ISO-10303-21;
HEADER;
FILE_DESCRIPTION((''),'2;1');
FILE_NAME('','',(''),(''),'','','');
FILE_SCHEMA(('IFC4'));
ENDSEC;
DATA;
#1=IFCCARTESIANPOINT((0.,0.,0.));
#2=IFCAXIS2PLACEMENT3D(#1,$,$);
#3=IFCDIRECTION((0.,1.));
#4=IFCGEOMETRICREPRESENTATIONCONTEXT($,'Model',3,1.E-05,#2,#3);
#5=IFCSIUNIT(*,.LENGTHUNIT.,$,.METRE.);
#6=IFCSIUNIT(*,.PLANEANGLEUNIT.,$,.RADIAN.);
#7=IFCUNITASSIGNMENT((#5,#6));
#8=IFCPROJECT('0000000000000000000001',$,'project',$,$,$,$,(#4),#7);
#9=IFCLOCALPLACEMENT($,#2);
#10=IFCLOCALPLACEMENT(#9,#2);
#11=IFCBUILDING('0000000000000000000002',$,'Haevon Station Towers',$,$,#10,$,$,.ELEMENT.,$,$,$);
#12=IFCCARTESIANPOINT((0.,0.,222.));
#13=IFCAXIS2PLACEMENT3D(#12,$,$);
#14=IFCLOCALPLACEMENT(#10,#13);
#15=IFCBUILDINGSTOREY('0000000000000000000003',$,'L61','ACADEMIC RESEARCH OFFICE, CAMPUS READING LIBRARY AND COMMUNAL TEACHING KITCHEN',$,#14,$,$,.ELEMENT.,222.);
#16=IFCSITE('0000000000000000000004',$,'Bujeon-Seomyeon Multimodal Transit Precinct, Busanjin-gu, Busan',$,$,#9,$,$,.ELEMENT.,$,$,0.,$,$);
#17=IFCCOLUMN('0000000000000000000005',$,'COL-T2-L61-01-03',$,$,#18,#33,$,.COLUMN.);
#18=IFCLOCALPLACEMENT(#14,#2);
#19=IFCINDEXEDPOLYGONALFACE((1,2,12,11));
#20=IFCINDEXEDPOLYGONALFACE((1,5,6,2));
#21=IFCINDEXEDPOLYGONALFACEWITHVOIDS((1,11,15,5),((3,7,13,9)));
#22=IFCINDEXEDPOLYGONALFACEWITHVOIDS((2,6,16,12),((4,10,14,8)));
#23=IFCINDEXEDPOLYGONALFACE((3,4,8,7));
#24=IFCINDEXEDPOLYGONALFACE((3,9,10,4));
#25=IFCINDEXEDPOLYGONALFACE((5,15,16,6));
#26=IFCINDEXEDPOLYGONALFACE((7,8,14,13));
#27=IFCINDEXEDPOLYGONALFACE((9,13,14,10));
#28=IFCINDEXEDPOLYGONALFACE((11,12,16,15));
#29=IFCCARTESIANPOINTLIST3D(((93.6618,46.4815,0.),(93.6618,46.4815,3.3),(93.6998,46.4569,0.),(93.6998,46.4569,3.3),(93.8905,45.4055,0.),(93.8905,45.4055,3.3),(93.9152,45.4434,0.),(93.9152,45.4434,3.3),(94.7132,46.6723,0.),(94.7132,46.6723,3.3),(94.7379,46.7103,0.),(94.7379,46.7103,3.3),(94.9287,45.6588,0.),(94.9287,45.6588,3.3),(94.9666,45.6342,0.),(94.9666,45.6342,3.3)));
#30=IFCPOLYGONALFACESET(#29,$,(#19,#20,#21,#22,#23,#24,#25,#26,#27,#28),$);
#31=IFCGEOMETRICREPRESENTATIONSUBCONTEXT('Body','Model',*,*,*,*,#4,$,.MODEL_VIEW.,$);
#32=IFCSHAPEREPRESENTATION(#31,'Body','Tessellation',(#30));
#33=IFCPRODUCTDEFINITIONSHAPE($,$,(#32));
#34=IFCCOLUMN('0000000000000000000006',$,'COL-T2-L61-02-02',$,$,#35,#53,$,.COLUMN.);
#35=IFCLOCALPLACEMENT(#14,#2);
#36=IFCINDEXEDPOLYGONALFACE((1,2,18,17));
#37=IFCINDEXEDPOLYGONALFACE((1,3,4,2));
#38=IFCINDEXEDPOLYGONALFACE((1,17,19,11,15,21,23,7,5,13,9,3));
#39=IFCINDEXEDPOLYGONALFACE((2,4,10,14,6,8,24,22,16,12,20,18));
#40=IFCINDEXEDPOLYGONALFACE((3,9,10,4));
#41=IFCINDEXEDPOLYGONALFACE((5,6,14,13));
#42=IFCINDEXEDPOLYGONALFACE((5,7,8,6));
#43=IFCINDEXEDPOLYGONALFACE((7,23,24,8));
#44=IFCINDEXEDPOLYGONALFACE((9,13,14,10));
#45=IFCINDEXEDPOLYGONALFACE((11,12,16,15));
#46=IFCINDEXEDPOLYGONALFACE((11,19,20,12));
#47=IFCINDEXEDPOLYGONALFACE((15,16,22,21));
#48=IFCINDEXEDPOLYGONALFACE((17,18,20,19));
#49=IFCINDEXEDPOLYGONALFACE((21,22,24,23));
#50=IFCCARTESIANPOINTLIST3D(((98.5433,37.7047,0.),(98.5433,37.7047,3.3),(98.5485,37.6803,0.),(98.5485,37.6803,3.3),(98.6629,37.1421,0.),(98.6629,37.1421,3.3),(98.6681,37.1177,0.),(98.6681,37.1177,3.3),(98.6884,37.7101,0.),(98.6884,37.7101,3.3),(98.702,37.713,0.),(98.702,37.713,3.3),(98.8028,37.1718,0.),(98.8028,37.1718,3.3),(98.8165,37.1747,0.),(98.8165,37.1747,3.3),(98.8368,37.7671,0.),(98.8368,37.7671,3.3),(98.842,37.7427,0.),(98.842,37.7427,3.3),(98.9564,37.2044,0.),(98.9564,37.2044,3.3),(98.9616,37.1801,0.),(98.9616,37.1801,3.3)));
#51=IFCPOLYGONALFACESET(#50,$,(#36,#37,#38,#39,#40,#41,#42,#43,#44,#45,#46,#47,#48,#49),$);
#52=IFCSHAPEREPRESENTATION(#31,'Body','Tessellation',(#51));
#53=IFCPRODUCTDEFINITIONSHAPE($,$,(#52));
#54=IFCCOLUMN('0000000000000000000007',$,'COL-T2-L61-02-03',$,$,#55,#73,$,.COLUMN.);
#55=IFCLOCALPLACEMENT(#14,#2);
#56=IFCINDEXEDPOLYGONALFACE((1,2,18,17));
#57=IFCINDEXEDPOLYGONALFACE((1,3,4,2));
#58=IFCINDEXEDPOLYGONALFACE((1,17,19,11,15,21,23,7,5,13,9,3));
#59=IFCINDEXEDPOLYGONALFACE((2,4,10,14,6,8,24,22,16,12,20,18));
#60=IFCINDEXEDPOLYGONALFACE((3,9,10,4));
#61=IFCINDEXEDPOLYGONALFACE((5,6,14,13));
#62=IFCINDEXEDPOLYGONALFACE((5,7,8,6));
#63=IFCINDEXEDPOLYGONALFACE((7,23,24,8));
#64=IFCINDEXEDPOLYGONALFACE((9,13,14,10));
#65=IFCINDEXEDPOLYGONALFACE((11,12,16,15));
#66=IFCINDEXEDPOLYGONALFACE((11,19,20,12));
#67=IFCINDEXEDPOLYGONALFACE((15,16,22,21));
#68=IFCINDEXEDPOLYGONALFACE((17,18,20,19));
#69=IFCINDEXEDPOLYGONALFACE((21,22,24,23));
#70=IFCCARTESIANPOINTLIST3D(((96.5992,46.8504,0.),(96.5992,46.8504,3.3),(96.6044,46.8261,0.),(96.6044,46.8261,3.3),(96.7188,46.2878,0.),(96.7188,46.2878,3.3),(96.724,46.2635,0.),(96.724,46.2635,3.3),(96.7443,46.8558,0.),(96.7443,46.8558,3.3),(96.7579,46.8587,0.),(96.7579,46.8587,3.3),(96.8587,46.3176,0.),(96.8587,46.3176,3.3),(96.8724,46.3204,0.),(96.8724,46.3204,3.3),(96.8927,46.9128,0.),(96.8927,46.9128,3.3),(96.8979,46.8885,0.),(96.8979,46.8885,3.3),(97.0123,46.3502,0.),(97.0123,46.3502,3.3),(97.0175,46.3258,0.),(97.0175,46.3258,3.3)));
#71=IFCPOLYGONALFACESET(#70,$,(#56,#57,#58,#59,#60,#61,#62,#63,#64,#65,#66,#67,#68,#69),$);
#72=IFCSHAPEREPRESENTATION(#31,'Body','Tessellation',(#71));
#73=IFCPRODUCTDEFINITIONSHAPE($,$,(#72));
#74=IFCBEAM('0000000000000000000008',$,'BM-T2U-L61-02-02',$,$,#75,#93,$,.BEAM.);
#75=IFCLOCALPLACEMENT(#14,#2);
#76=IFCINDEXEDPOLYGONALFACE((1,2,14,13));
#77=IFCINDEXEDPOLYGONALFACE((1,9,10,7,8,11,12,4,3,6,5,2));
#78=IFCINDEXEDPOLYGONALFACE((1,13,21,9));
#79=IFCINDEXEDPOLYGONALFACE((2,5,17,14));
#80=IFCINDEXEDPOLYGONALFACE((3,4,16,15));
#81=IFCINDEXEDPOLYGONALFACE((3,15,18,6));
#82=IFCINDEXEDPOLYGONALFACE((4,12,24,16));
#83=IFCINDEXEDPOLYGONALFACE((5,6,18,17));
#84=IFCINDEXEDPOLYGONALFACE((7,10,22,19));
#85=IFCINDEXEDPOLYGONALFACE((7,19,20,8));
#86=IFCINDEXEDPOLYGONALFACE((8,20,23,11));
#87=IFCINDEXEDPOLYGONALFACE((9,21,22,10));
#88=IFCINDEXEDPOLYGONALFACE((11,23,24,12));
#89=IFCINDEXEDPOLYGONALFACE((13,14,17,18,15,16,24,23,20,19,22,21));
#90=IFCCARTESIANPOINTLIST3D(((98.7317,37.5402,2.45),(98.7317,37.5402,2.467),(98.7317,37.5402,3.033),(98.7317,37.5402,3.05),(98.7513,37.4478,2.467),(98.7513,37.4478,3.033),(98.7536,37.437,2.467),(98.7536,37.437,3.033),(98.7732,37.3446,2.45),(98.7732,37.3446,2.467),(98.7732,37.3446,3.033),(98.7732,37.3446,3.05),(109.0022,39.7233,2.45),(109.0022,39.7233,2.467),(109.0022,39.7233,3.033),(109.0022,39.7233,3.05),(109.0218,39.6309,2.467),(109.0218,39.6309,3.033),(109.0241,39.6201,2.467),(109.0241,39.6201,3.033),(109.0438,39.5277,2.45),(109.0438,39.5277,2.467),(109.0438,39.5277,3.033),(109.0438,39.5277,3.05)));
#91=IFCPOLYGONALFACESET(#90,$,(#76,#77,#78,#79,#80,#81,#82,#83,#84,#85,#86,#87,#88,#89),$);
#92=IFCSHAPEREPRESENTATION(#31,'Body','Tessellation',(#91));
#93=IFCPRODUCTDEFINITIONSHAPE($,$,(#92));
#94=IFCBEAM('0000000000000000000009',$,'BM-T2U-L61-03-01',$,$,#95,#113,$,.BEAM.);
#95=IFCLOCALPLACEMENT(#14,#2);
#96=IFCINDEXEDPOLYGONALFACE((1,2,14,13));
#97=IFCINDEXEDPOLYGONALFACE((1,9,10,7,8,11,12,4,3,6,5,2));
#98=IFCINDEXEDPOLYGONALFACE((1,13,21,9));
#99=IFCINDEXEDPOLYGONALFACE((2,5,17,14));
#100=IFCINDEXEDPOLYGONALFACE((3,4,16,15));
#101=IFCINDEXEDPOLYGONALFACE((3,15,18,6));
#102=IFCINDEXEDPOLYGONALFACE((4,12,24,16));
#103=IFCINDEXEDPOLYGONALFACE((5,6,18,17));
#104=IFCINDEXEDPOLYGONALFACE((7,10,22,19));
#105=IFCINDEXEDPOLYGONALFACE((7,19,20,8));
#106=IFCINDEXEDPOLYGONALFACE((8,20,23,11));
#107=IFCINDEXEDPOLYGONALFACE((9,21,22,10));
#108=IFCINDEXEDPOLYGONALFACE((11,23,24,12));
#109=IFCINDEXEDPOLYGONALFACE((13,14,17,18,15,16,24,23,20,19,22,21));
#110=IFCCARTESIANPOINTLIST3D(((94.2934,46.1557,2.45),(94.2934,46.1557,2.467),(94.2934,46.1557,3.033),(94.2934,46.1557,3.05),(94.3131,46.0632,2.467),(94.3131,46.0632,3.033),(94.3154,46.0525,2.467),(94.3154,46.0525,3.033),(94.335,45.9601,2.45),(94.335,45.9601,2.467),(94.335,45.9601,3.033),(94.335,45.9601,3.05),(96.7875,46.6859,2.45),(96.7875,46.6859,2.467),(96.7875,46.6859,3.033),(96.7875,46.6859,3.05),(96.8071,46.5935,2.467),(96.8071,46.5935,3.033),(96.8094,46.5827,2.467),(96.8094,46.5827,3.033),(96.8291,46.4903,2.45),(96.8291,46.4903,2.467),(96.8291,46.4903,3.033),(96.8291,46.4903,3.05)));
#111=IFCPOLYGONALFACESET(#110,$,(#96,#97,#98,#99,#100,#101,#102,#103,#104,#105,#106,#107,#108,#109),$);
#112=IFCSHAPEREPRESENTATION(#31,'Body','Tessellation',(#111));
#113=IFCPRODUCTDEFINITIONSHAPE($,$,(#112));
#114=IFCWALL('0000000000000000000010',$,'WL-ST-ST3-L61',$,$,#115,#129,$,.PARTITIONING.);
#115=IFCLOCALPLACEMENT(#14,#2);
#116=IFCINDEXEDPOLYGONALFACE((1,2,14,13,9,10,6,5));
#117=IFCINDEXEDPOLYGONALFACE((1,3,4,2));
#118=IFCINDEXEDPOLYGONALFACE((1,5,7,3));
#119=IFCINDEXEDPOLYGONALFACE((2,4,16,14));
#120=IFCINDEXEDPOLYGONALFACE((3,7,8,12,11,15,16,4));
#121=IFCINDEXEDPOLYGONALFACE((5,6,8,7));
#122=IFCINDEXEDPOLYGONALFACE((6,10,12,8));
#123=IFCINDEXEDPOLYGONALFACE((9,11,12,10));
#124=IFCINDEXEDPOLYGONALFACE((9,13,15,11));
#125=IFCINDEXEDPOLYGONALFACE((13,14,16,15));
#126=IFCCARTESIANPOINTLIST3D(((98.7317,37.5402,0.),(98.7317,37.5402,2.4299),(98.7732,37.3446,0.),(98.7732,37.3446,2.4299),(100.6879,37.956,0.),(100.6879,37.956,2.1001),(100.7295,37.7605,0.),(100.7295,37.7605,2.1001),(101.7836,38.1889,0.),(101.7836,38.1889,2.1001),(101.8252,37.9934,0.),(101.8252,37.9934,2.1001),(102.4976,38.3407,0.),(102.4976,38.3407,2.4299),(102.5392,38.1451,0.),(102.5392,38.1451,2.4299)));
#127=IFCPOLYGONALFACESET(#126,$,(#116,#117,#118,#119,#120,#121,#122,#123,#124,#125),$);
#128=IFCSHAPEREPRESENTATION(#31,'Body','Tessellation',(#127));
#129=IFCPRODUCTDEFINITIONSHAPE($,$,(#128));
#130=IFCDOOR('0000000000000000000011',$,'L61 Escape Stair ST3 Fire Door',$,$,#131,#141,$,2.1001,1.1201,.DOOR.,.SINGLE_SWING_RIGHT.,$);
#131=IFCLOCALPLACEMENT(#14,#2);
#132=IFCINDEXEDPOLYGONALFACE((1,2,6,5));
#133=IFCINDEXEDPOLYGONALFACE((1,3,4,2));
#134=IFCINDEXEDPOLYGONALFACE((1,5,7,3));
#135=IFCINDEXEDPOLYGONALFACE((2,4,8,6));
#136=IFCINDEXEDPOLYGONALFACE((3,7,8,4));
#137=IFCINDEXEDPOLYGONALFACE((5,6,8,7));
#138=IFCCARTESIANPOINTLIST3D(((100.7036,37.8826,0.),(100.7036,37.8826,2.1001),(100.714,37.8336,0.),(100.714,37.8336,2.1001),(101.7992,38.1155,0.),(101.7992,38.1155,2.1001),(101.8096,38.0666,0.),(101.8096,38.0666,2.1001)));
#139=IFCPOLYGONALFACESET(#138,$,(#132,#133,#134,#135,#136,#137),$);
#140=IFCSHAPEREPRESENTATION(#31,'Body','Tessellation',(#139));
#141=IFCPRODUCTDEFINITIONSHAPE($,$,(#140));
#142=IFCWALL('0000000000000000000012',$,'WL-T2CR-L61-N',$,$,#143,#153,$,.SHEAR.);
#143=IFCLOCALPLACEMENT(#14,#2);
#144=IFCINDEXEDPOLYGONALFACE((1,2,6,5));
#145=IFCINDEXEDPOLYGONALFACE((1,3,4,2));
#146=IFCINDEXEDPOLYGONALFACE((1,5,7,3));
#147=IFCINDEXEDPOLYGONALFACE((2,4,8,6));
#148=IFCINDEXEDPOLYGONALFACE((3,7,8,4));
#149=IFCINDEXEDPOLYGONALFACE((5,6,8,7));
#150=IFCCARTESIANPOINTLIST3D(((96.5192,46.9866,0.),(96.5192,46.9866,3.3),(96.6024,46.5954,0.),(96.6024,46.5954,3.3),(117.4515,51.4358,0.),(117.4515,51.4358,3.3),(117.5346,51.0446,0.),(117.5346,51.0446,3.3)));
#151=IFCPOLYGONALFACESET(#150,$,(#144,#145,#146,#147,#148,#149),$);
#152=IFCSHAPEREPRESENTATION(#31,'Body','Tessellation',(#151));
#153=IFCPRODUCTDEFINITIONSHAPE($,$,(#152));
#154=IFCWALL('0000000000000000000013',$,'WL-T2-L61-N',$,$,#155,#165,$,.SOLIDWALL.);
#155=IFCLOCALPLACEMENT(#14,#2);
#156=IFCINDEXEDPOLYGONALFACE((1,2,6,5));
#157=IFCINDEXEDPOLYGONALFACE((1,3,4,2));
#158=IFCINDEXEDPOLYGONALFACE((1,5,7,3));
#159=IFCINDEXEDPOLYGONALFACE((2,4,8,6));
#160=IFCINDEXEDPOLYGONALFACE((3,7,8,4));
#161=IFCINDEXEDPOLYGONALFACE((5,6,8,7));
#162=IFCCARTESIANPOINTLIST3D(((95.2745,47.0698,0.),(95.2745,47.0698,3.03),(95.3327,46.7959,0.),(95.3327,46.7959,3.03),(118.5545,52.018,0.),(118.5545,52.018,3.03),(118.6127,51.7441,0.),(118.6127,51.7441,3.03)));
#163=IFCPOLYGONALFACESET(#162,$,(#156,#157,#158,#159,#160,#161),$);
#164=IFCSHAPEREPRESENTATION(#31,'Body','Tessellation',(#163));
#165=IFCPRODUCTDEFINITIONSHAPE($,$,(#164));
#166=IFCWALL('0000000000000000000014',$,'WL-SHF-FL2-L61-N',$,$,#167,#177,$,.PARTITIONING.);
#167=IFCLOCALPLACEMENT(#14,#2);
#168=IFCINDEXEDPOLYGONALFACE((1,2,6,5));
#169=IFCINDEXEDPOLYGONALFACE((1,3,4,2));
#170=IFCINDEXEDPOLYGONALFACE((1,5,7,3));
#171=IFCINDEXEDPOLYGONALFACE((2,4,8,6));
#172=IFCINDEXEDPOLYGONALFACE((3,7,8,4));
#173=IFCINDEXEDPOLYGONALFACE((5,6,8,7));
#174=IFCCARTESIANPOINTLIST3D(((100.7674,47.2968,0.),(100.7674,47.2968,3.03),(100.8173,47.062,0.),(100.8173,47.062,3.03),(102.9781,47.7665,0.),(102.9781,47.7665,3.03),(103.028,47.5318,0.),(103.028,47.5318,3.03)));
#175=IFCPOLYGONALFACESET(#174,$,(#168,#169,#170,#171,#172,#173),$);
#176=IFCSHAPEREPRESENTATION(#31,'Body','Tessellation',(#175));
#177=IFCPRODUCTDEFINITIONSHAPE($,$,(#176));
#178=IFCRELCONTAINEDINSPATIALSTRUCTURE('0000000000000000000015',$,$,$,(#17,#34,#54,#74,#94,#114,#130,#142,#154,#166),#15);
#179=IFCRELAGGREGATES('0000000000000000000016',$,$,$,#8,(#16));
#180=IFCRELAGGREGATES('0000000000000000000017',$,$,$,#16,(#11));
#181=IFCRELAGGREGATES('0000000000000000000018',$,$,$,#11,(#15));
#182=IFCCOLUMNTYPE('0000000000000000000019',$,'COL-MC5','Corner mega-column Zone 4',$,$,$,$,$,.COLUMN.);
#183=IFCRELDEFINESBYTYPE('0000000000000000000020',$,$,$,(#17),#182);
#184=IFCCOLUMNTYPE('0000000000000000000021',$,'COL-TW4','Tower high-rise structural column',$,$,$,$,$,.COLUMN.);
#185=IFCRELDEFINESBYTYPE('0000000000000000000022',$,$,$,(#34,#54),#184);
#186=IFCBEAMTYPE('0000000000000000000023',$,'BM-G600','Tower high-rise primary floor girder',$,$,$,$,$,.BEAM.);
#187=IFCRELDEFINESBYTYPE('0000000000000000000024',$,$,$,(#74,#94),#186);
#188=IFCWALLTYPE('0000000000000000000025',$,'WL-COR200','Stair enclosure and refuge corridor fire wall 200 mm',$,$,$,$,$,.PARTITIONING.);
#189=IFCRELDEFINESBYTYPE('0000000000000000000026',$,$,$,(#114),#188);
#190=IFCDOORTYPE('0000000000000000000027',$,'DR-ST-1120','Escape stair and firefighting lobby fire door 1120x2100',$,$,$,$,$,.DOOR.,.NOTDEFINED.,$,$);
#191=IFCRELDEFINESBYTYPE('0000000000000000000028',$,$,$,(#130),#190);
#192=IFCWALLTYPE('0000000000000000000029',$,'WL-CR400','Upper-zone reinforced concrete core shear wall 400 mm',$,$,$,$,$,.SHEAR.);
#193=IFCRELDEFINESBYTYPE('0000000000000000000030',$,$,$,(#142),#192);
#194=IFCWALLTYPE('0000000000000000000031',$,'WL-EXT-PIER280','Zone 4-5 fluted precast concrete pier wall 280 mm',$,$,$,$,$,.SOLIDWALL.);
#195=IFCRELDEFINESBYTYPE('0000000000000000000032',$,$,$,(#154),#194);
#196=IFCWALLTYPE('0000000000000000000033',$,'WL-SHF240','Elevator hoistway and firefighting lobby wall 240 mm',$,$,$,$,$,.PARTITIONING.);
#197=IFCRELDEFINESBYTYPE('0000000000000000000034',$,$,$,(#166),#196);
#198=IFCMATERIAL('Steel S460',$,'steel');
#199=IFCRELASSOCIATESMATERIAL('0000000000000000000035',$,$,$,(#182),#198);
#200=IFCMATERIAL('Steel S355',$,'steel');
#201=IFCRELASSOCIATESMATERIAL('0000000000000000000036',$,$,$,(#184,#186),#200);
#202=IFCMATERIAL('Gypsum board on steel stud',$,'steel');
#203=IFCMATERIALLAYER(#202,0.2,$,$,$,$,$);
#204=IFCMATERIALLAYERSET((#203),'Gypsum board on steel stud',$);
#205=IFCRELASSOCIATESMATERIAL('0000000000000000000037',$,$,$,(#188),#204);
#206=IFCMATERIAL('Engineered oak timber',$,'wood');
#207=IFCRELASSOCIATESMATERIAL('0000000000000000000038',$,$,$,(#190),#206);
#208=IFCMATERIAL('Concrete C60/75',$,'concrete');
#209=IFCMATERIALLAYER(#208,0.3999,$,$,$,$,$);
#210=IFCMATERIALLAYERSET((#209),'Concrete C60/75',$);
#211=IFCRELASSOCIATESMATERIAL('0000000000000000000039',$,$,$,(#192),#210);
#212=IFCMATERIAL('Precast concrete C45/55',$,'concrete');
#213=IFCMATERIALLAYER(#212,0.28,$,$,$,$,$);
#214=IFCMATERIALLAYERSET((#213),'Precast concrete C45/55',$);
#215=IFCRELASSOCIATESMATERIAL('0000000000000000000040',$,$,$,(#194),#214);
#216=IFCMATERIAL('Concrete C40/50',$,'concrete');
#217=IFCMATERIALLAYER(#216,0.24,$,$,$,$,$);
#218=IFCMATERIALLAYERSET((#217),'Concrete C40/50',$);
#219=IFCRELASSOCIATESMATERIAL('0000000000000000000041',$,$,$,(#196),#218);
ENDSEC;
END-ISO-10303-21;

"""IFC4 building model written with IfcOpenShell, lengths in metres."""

from ifc_helpers import new_model, si_unit, direction, frame, frame_2d, origin, origin_2d, place, context, subcontext, project, spatial, rectangle, hollow_rectangle, i_section, extrude, material, layer, layer_set, material_profile, profile_set, type_object, element, fill, save


model = new_model("IFC4")

# Units and contexts
model_context = context("Model", 3, precision=1e-05, world=origin(), true_north=direction((0.0, 1.0)))
body_context = subcontext(model_context, "Body", "Model", "MODEL_VIEW")
ifc_project = project(units=[si_unit("LENGTHUNIT", "METRE"), si_unit("PLANEANGLEUNIT", "RADIAN")], contexts=[model_context])

# Site, building, storey
site_placement = place(None, origin())
site = spatial("IfcSite", under=ifc_project, at=site_placement, Name="Bujeon-Seomyeon Multimodal Transit Precinct, Busanjin-gu, Busan", CompositionType="ELEMENT", RefElevation=0.0)
building_placement = place(site_placement, origin())
building = spatial("IfcBuilding", under=site, at=building_placement, Name="Haevon Station Towers", CompositionType="ELEMENT")
storey_placement = place(building_placement, frame((0.0, 0.0, 222.0)))
storey = spatial("IfcBuildingStorey", under=building, at=storey_placement, Name="L61", Description="ACADEMIC RESEARCH OFFICE, CAMPUS READING LIBRARY AND COMMUNAL TEACHING KITCHEN", CompositionType="ELEMENT", Elevation=222.0)

# Columns
ifc_material_1 = material(Name="Steel S460", Category="steel")
ifc_material_profile_1 = material_profile(ifc_material_1, hollow_rectangle(XDim=1.1001, YDim=1.1001, WallThickness=0.032, at=origin_2d()), Name="BOX-1100x1100x32")
ifc_profile_set_1 = profile_set([ifc_material_profile_1], Name="Steel S460")
column_type_1 = type_object("IfcColumnType", Name="COL-MC5", Description="Corner mega-column Zone 4", PredefinedType="COLUMN", material=ifc_profile_set_1)
column_placement = place(storey_placement, frame((94.3142, 46.0579, 0.0), z_axis=(0.0, 0.0, 1.0), x_axis=(0.978148, 0.207912, 0.0)))
element("IfcColumn", 1, at=column_placement, inside=storey, type_object=column_type_1, Name="COL-T2-L61-01-03", PredefinedType="COLUMN", context=body_context, shape_type="SweptSolid", body=[
    extrude(hollow_rectangle(XDim=1.1001, YDim=1.1001, WallThickness=0.032, at=origin_2d()), origin(), (0.0, 0.0, 1.0), 3.3),
])
ifc_material_2 = material(Name="Steel S355", Category="steel")
ifc_material_profile_2 = material_profile(ifc_material_2, i_section(OverallWidth=0.3, OverallDepth=0.6001, WebThickness=0.0139, FlangeThickness=0.0249, at=origin_2d()), Name="H-600x300x14x25")
ifc_profile_set_2 = profile_set([ifc_material_profile_2], Name="Steel S355")
column_type_2 = type_object("IfcColumnType", Name="COL-TW4", Description="Tower high-rise structural column", PredefinedType="COLUMN", material=ifc_profile_set_2)
for number, where, z_axis, x_axis, name in (
    (2, (98.7524, 37.4424, 0.0), (0.0, 0.0, 1.0), (0.978148, 0.207912, 0.0), "COL-T2-L61-02-02"),
    (3, (96.8083, 46.5881, 0.0), (0.0, 0.0, 1.0), (0.978148, 0.207912, 0.0), "COL-T2-L61-02-03"),
):
    element("IfcColumn", number, at=place(storey_placement, frame(where, z_axis=z_axis, x_axis=x_axis)), inside=storey, type_object=column_type_2, Name=name, PredefinedType="COLUMN", context=body_context, shape_type="SweptSolid", body=[
        extrude(i_section(OverallWidth=0.3, OverallDepth=0.6001, WebThickness=0.0139, FlangeThickness=0.0249, at=origin_2d()), origin(), (0.0, 0.0, 1.0), 3.3),
    ])

# Beams
ifc_material_profile_3 = material_profile(ifc_material_2, i_section(OverallWidth=0.2, OverallDepth=0.6001, WebThickness=0.011, FlangeThickness=0.0171, at=origin_2d()), Name="H-600x200x11x17")
ifc_profile_set_3 = profile_set([ifc_material_profile_3], Name="Steel S355")
beam_type = type_object("IfcBeamType", Name="BM-G600", Description="Tower high-rise primary floor girder", PredefinedType="BEAM", material=ifc_profile_set_3)
beam_1_placement = place(storey_placement, frame((98.7524, 37.4424, 2.75), z_axis=(0.978147, 0.207915, 0.0), x_axis=(-0.207915, 0.978147, 0.0)))
element("IfcBeam", 4, at=beam_1_placement, inside=storey, type_object=beam_type, Name="BM-T2U-L61-02-02", PredefinedType="BEAM", context=body_context, shape_type="SweptSolid", body=[
    extrude(i_section(OverallWidth=0.2, OverallDepth=0.6001, WebThickness=0.011, FlangeThickness=0.0171, at=origin_2d()), origin(), (0.0, 0.0, 1.0), 10.5),
])
beam_2_placement = place(storey_placement, frame((94.3142, 46.0579, 2.75), z_axis=(0.978137, 0.20796, 0.0), x_axis=(-0.20796, 0.978137, 0.0)))
element("IfcBeam", 5, at=beam_2_placement, inside=storey, type_object=beam_type, Name="BM-T2U-L61-03-01", PredefinedType="BEAM", context=body_context, shape_type="SweptSolid", body=[
    extrude(i_section(OverallWidth=0.2, OverallDepth=0.6001, WebThickness=0.011, FlangeThickness=0.0171, at=origin_2d()), origin(), (0.0, 0.0, 1.0), 2.5498),
])

# Wall, opening, door
ifc_material_3 = material(Name="Gypsum board on steel stud", Category="steel")
ifc_layer_1 = layer(ifc_material_3, 0.2)
ifc_layer_set_1 = layer_set([ifc_layer_1], Name="Gypsum board on steel stud")
wall_type_1 = type_object("IfcWallType", Name="WL-COR200", Description="Stair enclosure and refuge corridor fire wall 200 mm", PredefinedType="PARTITIONING", material=ifc_layer_set_1)
wall_1_placement = place(storey_placement, frame((98.7524, 37.4424, 0.0), z_axis=(0.0, 0.0, 1.0), x_axis=(0.978144, 0.207931, 0.0)))
wall_1 = element("IfcWall", 6, at=wall_1_placement, inside=storey, type_object=wall_type_1, Name="WL-ST-ST3-L61", PredefinedType="PARTITIONING", context=body_context, shape_type="SweptSolid", body=[
    extrude(rectangle(XDim=3.8501, YDim=0.2, at=frame_2d((1.925, 0.0))), origin(), (0.0, 0.0, 1.0), 2.4299),
])
opening_placement = place(wall_1_placement, frame((2.0, 0.0, 0.0)))
opening = element("IfcOpeningElement", 7, at=opening_placement, cuts=wall_1, PredefinedType="OPENING", context=body_context, shape_type="SweptSolid", body=[
    extrude(rectangle(XDim=1.1201, YDim=2.1001, at=frame_2d((0.5601, 1.05))), frame((0.0, 0.1099, 0.0), z_axis=(0.0, -1.0, 0.0), x_axis=(1.0, 0.0, 0.0)), (0.0, 0.0, 1.0), 0.22),
])
ifc_material_4 = material(Name="Engineered oak timber", Category="wood")
door_type = type_object("IfcDoorType", Name="DR-ST-1120", Description="Escape stair and firefighting lobby fire door 1120x2100", OperationType="NOTDEFINED", PredefinedType="DOOR", material=ifc_material_4)
door_placement = place(opening_placement, origin())
door = element("IfcDoor", 8, at=door_placement, inside=storey, type_object=door_type, Name="L61 Escape Stair ST3 Fire Door", OperationType="SINGLE_SWING_RIGHT", OverallHeight=2.1001, OverallWidth=1.1201, PredefinedType="DOOR", context=body_context, shape_type="SweptSolid", body=[
    extrude(rectangle(XDim=1.1201, YDim=2.1001, at=frame_2d((0.5601, 1.05))), frame((0.0, 0.0249, 0.0), z_axis=(0.0, -1.0, 0.0), x_axis=(1.0, 0.0, 0.0)), (0.0, 0.0, 1.0), 0.05),
])
fill(opening, door)

# Walls
ifc_material_5 = material(Name="Concrete C60/75", Category="concrete")
ifc_layer_2 = layer(ifc_material_5, 0.3999)
ifc_layer_set_2 = layer_set([ifc_layer_2], Name="Concrete C60/75")
wall_type_2 = type_object("IfcWallType", Name="WL-CR400", Description="Upper-zone reinforced concrete core shear wall 400 mm", PredefinedType="SHEAR", material=ifc_layer_set_2)
wall_2_placement = place(storey_placement, frame((96.5608, 46.791, 0.0), z_axis=(0.0, 0.0, 1.0), x_axis=(0.978148, 0.207907, 0.0)))
element("IfcWall", 9, at=wall_2_placement, inside=storey, type_object=wall_type_2, Name="WL-T2CR-L61-N", PredefinedType="SHEAR", context=body_context, shape_type="SweptSolid", body=[
    extrude(rectangle(XDim=21.3999, YDim=0.3999, at=frame_2d((10.7, 0.0))), origin(), (0.0, 0.0, 1.0), 3.3),
])
ifc_material_6 = material(Name="Precast concrete C45/55", Category="concrete")
ifc_layer_3 = layer(ifc_material_6, 0.28)
ifc_layer_set_3 = layer_set([ifc_layer_3], Name="Precast concrete C45/55")
wall_type_3 = type_object("IfcWallType", Name="WL-EXT-PIER280", Description="Zone 4-5 fluted precast concrete pier wall 280 mm", PredefinedType="SOLIDWALL", material=ifc_layer_set_3)
wall_3_placement = place(storey_placement, frame((95.3037, 46.9329, 0.0), z_axis=(0.0, 0.0, 1.0), x_axis=(0.978148, 0.207908, 0.0)))
element("IfcWall", 10, at=wall_3_placement, inside=storey, type_object=wall_type_3, Name="WL-T2-L61-N", PredefinedType="SOLIDWALL", context=body_context, shape_type="SweptSolid", body=[
    extrude(rectangle(XDim=23.8, YDim=0.28, at=frame_2d((11.8999, 0.0))), origin(), (0.0, 0.0, 1.0), 3.03),
])
ifc_material_7 = material(Name="Concrete C40/50", Category="concrete")
ifc_layer_4 = layer(ifc_material_7, 0.24)
ifc_layer_set_4 = layer_set([ifc_layer_4], Name="Concrete C40/50")
wall_type_4 = type_object("IfcWallType", Name="WL-SHF240", Description="Elevator hoistway and firefighting lobby wall 240 mm", PredefinedType="PARTITIONING", material=ifc_layer_set_4)
wall_4_placement = place(storey_placement, frame((100.7925, 47.1794, 0.0), z_axis=(0.0, 0.0, 1.0), x_axis=(0.978163, 0.207839, 0.0)))
element("IfcWall", 11, at=wall_4_placement, inside=storey, type_object=wall_type_4, Name="WL-SHF-FL2-L61-N", PredefinedType="PARTITIONING", context=body_context, shape_type="SweptSolid", body=[
    extrude(rectangle(XDim=2.26, YDim=0.24, at=frame_2d((1.1299, 0.0))), origin(), (0.0, 0.0, 1.0), 3.03),
])

save(model, "model.ifc")
